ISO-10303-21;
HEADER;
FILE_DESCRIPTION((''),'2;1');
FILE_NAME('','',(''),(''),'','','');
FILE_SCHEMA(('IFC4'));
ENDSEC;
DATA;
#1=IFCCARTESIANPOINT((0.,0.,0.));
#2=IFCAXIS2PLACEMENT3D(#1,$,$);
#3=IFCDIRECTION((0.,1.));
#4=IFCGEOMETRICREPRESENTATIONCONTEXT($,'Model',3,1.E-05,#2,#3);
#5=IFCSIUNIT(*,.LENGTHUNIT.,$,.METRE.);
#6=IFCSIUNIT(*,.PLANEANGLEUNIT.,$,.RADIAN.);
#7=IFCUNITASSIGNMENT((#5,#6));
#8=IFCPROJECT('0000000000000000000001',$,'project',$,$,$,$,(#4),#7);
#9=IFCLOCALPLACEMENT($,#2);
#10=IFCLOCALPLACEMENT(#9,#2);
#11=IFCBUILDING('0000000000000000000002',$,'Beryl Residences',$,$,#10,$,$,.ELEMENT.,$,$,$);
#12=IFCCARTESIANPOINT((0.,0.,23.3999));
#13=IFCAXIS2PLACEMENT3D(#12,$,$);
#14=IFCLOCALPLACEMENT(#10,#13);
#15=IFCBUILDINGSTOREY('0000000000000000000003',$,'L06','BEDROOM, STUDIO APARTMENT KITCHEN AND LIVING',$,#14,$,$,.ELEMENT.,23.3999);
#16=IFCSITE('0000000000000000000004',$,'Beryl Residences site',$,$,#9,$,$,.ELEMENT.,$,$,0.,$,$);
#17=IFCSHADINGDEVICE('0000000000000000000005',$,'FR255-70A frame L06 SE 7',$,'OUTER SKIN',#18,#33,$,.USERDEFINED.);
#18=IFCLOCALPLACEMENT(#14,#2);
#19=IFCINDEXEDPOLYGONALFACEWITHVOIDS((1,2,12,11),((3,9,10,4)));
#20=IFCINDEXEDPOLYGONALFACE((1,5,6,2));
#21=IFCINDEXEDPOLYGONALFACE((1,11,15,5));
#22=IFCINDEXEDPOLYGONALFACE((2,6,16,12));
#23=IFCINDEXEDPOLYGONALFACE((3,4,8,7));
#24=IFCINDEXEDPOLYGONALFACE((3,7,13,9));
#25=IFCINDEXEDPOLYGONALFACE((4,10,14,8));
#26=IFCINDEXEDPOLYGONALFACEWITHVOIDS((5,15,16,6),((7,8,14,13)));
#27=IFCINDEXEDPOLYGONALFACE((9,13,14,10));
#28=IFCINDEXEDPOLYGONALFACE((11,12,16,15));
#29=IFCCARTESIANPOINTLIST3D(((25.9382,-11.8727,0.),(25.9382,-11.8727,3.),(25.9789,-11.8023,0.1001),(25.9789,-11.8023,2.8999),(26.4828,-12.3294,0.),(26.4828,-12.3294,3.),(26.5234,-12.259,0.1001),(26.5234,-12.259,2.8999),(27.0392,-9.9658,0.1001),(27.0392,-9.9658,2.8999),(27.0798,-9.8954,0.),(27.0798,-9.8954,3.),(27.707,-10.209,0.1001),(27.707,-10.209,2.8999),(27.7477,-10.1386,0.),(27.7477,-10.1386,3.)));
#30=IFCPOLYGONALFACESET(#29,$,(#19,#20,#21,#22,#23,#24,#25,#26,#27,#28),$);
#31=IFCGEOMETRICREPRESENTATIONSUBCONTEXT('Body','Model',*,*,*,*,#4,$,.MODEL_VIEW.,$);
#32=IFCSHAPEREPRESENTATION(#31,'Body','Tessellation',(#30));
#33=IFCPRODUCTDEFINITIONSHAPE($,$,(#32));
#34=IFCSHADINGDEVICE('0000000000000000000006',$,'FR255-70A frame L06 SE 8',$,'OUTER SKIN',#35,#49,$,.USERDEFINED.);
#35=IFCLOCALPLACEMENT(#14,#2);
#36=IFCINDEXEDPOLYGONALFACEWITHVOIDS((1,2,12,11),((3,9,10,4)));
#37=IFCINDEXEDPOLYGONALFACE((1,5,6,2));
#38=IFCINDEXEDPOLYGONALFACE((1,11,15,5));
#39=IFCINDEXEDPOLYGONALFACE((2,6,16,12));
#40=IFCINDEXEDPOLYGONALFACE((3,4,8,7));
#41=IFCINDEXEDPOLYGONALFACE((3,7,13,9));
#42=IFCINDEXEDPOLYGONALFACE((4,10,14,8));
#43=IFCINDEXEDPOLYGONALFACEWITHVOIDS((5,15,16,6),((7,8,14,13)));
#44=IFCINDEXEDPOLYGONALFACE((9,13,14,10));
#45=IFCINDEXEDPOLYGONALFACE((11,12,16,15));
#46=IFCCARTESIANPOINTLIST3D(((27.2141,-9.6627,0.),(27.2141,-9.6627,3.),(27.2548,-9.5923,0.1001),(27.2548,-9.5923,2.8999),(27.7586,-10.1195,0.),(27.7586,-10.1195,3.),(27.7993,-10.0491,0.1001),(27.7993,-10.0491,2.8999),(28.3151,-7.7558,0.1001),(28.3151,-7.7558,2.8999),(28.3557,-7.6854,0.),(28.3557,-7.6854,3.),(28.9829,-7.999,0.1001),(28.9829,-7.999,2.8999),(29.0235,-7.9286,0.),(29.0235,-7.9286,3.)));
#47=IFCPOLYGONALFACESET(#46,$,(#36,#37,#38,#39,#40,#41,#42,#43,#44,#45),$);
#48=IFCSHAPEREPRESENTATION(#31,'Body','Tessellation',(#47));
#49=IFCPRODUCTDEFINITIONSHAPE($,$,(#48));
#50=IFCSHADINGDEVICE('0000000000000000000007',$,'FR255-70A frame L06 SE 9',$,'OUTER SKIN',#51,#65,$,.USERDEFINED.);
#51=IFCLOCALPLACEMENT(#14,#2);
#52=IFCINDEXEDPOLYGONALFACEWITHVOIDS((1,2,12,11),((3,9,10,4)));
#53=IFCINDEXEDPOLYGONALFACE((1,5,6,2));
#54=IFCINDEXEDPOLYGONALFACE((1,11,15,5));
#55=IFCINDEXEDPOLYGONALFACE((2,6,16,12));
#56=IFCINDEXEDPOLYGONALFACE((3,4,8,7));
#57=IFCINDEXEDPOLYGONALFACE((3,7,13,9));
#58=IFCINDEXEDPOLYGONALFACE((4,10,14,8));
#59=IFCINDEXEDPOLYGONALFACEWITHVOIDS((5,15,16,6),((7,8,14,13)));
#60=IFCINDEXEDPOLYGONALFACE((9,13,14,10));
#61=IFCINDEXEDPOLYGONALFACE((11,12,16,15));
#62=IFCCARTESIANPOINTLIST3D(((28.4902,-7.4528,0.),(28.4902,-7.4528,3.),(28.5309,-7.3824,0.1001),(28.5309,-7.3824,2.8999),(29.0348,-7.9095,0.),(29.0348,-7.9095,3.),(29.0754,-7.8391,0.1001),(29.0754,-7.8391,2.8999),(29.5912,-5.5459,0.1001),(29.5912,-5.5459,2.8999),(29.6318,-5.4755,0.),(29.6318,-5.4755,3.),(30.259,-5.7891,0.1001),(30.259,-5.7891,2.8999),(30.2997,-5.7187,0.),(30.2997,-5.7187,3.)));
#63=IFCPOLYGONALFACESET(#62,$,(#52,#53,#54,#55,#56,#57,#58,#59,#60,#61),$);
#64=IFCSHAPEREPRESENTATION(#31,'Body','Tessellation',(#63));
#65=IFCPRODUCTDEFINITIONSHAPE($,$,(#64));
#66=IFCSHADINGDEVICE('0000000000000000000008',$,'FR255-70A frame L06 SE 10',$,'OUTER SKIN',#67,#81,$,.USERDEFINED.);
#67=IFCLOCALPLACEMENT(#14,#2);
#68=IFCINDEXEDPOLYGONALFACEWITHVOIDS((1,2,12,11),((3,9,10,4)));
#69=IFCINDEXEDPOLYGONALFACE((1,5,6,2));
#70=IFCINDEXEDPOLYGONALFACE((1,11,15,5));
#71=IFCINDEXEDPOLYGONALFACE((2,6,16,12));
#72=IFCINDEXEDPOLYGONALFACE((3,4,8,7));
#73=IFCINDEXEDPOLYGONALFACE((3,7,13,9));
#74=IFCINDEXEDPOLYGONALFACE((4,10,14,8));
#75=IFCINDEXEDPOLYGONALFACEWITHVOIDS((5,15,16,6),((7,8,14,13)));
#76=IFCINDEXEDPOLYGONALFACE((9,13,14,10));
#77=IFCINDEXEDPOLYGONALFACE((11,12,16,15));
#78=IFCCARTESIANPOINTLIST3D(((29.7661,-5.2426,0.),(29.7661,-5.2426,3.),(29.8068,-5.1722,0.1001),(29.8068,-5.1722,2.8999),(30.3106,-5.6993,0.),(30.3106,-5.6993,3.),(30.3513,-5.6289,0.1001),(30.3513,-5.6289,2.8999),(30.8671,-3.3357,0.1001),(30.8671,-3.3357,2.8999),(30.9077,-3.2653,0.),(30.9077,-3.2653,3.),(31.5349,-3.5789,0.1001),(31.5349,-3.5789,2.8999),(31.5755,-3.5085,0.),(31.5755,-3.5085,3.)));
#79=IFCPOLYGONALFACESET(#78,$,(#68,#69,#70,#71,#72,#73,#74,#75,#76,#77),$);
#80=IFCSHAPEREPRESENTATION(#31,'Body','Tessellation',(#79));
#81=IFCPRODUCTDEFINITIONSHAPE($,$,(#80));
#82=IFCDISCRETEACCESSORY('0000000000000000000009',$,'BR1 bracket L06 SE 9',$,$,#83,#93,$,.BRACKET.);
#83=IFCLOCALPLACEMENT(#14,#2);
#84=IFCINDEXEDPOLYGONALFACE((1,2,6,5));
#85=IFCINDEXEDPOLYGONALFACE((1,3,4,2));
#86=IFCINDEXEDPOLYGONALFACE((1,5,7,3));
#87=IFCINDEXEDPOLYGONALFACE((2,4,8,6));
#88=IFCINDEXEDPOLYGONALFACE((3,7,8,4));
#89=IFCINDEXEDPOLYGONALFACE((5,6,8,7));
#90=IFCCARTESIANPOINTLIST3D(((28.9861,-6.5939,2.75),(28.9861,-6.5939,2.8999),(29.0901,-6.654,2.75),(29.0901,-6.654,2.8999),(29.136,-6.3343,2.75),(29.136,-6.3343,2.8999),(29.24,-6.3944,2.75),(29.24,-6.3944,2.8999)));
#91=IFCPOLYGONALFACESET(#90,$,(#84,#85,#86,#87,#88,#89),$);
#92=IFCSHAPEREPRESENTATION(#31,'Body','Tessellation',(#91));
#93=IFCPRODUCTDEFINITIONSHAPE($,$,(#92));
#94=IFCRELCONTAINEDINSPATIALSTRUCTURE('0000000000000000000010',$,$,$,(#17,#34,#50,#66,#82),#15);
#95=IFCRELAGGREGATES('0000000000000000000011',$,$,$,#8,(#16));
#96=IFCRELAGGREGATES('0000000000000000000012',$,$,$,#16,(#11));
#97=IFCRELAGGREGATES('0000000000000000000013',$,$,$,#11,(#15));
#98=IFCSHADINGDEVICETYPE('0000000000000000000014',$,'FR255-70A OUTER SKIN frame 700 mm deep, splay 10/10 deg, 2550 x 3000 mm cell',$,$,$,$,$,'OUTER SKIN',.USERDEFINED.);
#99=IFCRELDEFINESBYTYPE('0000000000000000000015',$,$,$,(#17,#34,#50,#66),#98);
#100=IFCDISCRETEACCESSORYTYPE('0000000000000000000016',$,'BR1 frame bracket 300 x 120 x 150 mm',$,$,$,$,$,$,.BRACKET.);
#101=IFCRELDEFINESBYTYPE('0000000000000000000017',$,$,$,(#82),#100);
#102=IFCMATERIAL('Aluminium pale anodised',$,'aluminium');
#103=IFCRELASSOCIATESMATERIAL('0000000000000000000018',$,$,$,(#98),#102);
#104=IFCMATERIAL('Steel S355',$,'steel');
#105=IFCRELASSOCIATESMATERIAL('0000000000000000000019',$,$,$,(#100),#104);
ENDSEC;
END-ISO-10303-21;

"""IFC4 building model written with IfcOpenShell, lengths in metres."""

from ifc_helpers import new_model, entity, si_unit, direction, frame, origin, place, context, subcontext, project, spatial, polyline, outline, extrude, source, transform, mapped, material, type_object, type_shapes, element, save


model = new_model("IFC4")

# Units and contexts
model_context = context("Model", 3, precision=1e-05, world=origin(), true_north=direction((0.0, 1.0)))
body_context = subcontext(model_context, "Body", "Model", "MODEL_VIEW")
ifc_project = project(units=[si_unit("LENGTHUNIT", "METRE"), si_unit("PLANEANGLEUNIT", "RADIAN")], contexts=[model_context])

# Site, building, storey
site_placement = place(None, origin())
site = spatial("IfcSite", under=ifc_project, at=site_placement, Name="Beryl Residences site", CompositionType="ELEMENT", RefElevation=0.0)
building_placement = place(site_placement, origin())
building = spatial("IfcBuilding", under=site, at=building_placement, Name="Beryl Residences", CompositionType="ELEMENT")
storey_placement = place(building_placement, frame((0.0, 0.0, 23.3999)))
storey = spatial("IfcBuildingStorey", under=building, at=storey_placement, Name="L06", Description="BEDROOM, STUDIO APARTMENT KITCHEN AND LIVING", CompositionType="ELEMENT", Elevation=23.3999)

# Shading devices
ifc_material_1 = material(Name="Aluminium pale anodised", Category="aluminium")
shading_device_type = type_object("IfcShadingDeviceType", Name="FR255-70A OUTER SKIN frame 700 mm deep, splay 10/10 deg, 2550 x 3000 mm cell", ElementType="OUTER SKIN", PredefinedType="USERDEFINED", material=ifc_material_1)
cartesian_point_1 = entity("IfcCartesianPoint", [-1.1416, 0.0])
cartesian_point_2 = entity("IfcCartesianPoint", [-1.0603, 0.1001])
cartesian_point_3 = entity("IfcCartesianPoint", [-1.2649, 0.0])
cartesian_point_4 = entity("IfcCartesianPoint", [-1.1836, 0.1001])
shared_shape_1 = source(origin(), body_context, "Body", "SweptSolid", [
    entity("IfcExtrudedAreaSolidTapered", entity("IfcArbitraryProfileDefWithVoids", "AREA", None, entity("IfcPolyline", [cartesian_point_1, entity("IfcCartesianPoint", [1.1416, 0.0]), entity("IfcCartesianPoint", [1.1416, 3.0]), entity("IfcCartesianPoint", [-1.1416, 3.0]), cartesian_point_1]), [entity("IfcPolyline", [cartesian_point_2, entity("IfcCartesianPoint", [1.0603, 0.1001]), entity("IfcCartesianPoint", [1.0603, 2.8999]), entity("IfcCartesianPoint", [-1.0603, 2.8999]), cartesian_point_2])]), entity("IfcAxis2Placement3D", entity("IfcCartesianPoint", [0.0, 0.0, 0.0]), entity("IfcDirection", [0.0, 1.0, 0.0]), entity("IfcDirection", [-1.0, 0.0, 0.0])), entity("IfcDirection", [0.0, 0.0, 1.0]), 0.7, entity("IfcArbitraryProfileDefWithVoids", "AREA", None, entity("IfcPolyline", [cartesian_point_3, entity("IfcCartesianPoint", [1.2649, 0.0]), entity("IfcCartesianPoint", [1.2649, 3.0]), entity("IfcCartesianPoint", [-1.2649, 3.0]), cartesian_point_3]), [entity("IfcPolyline", [cartesian_point_4, entity("IfcCartesianPoint", [1.1836, 0.1001]), entity("IfcCartesianPoint", [1.1836, 2.8999]), entity("IfcCartesianPoint", [-1.1836, 2.8999]), cartesian_point_4])])),
])
type_shapes(shading_device_type, [shared_shape_1])
for number, where, z_axis, x_axis, name in (
    (1, (26.509, -10.884, 0.0), (0.0, 0.0, 1.0), (-0.5, -0.866025, 0.0), "FR255-70A frame L06 SE 7"),
    (2, (27.7849, -8.6741, 0.0), (0.0, 0.0, 1.0), (-0.5, -0.866025, 0.0), "FR255-70A frame L06 SE 8"),
    (3, (29.061, -6.4641, 0.0), (0.0, 0.0, 1.0), (-0.5, -0.866025, 0.0), "FR255-70A frame L06 SE 9"),
    (4, (30.3369, -4.2539, 0.0), (0.0, 0.0, 1.0), (-0.5, -0.866025, 0.0), "FR255-70A frame L06 SE 10"),
):
    element("IfcShadingDevice", number, at=place(storey_placement, frame(where, z_axis=z_axis, x_axis=x_axis)), inside=storey, type_object=shading_device_type, Name=name, ObjectType="OUTER SKIN", PredefinedType="USERDEFINED", context=body_context, shape_type="MappedRepresentation", body=[
        mapped(shared_shape_1, transform((0.0, 0.0, 0.0))),
    ])

# Discrete accessory
ifc_material_2 = material(Name="Steel S355", Category="steel")
discrete_accessory_type = type_object("IfcDiscreteAccessoryType", Name="BR1 frame bracket 300 x 120 x 150 mm", PredefinedType="BRACKET", material=ifc_material_2)
shared_shape_2 = source(origin(), body_context, "Body", "SweptSolid", [
    extrude(outline(polyline([(-0.1499, 0.0), (0.1499, 0.0), (0.1499, 0.1201), (-0.1499, 0.1201), (-0.1499, 0.0)])), origin(), (0.0, 0.0, 1.0), 0.1499),
])
type_shapes(discrete_accessory_type, [shared_shape_2])
discrete_accessory_placement = place(storey_placement, frame((29.061, -6.4641, 2.75), z_axis=(0.0, 0.0, 1.0), x_axis=(-0.5, -0.866025, 0.0)))
element("IfcDiscreteAccessory", 5, at=discrete_accessory_placement, inside=storey, type_object=discrete_accessory_type, Name="BR1 bracket L06 SE 9", PredefinedType="BRACKET", context=body_context, shape_type="MappedRepresentation", body=[
    mapped(shared_shape_2, transform((0.0, 0.0, 0.0))),
])

save(model, "model.ifc")
